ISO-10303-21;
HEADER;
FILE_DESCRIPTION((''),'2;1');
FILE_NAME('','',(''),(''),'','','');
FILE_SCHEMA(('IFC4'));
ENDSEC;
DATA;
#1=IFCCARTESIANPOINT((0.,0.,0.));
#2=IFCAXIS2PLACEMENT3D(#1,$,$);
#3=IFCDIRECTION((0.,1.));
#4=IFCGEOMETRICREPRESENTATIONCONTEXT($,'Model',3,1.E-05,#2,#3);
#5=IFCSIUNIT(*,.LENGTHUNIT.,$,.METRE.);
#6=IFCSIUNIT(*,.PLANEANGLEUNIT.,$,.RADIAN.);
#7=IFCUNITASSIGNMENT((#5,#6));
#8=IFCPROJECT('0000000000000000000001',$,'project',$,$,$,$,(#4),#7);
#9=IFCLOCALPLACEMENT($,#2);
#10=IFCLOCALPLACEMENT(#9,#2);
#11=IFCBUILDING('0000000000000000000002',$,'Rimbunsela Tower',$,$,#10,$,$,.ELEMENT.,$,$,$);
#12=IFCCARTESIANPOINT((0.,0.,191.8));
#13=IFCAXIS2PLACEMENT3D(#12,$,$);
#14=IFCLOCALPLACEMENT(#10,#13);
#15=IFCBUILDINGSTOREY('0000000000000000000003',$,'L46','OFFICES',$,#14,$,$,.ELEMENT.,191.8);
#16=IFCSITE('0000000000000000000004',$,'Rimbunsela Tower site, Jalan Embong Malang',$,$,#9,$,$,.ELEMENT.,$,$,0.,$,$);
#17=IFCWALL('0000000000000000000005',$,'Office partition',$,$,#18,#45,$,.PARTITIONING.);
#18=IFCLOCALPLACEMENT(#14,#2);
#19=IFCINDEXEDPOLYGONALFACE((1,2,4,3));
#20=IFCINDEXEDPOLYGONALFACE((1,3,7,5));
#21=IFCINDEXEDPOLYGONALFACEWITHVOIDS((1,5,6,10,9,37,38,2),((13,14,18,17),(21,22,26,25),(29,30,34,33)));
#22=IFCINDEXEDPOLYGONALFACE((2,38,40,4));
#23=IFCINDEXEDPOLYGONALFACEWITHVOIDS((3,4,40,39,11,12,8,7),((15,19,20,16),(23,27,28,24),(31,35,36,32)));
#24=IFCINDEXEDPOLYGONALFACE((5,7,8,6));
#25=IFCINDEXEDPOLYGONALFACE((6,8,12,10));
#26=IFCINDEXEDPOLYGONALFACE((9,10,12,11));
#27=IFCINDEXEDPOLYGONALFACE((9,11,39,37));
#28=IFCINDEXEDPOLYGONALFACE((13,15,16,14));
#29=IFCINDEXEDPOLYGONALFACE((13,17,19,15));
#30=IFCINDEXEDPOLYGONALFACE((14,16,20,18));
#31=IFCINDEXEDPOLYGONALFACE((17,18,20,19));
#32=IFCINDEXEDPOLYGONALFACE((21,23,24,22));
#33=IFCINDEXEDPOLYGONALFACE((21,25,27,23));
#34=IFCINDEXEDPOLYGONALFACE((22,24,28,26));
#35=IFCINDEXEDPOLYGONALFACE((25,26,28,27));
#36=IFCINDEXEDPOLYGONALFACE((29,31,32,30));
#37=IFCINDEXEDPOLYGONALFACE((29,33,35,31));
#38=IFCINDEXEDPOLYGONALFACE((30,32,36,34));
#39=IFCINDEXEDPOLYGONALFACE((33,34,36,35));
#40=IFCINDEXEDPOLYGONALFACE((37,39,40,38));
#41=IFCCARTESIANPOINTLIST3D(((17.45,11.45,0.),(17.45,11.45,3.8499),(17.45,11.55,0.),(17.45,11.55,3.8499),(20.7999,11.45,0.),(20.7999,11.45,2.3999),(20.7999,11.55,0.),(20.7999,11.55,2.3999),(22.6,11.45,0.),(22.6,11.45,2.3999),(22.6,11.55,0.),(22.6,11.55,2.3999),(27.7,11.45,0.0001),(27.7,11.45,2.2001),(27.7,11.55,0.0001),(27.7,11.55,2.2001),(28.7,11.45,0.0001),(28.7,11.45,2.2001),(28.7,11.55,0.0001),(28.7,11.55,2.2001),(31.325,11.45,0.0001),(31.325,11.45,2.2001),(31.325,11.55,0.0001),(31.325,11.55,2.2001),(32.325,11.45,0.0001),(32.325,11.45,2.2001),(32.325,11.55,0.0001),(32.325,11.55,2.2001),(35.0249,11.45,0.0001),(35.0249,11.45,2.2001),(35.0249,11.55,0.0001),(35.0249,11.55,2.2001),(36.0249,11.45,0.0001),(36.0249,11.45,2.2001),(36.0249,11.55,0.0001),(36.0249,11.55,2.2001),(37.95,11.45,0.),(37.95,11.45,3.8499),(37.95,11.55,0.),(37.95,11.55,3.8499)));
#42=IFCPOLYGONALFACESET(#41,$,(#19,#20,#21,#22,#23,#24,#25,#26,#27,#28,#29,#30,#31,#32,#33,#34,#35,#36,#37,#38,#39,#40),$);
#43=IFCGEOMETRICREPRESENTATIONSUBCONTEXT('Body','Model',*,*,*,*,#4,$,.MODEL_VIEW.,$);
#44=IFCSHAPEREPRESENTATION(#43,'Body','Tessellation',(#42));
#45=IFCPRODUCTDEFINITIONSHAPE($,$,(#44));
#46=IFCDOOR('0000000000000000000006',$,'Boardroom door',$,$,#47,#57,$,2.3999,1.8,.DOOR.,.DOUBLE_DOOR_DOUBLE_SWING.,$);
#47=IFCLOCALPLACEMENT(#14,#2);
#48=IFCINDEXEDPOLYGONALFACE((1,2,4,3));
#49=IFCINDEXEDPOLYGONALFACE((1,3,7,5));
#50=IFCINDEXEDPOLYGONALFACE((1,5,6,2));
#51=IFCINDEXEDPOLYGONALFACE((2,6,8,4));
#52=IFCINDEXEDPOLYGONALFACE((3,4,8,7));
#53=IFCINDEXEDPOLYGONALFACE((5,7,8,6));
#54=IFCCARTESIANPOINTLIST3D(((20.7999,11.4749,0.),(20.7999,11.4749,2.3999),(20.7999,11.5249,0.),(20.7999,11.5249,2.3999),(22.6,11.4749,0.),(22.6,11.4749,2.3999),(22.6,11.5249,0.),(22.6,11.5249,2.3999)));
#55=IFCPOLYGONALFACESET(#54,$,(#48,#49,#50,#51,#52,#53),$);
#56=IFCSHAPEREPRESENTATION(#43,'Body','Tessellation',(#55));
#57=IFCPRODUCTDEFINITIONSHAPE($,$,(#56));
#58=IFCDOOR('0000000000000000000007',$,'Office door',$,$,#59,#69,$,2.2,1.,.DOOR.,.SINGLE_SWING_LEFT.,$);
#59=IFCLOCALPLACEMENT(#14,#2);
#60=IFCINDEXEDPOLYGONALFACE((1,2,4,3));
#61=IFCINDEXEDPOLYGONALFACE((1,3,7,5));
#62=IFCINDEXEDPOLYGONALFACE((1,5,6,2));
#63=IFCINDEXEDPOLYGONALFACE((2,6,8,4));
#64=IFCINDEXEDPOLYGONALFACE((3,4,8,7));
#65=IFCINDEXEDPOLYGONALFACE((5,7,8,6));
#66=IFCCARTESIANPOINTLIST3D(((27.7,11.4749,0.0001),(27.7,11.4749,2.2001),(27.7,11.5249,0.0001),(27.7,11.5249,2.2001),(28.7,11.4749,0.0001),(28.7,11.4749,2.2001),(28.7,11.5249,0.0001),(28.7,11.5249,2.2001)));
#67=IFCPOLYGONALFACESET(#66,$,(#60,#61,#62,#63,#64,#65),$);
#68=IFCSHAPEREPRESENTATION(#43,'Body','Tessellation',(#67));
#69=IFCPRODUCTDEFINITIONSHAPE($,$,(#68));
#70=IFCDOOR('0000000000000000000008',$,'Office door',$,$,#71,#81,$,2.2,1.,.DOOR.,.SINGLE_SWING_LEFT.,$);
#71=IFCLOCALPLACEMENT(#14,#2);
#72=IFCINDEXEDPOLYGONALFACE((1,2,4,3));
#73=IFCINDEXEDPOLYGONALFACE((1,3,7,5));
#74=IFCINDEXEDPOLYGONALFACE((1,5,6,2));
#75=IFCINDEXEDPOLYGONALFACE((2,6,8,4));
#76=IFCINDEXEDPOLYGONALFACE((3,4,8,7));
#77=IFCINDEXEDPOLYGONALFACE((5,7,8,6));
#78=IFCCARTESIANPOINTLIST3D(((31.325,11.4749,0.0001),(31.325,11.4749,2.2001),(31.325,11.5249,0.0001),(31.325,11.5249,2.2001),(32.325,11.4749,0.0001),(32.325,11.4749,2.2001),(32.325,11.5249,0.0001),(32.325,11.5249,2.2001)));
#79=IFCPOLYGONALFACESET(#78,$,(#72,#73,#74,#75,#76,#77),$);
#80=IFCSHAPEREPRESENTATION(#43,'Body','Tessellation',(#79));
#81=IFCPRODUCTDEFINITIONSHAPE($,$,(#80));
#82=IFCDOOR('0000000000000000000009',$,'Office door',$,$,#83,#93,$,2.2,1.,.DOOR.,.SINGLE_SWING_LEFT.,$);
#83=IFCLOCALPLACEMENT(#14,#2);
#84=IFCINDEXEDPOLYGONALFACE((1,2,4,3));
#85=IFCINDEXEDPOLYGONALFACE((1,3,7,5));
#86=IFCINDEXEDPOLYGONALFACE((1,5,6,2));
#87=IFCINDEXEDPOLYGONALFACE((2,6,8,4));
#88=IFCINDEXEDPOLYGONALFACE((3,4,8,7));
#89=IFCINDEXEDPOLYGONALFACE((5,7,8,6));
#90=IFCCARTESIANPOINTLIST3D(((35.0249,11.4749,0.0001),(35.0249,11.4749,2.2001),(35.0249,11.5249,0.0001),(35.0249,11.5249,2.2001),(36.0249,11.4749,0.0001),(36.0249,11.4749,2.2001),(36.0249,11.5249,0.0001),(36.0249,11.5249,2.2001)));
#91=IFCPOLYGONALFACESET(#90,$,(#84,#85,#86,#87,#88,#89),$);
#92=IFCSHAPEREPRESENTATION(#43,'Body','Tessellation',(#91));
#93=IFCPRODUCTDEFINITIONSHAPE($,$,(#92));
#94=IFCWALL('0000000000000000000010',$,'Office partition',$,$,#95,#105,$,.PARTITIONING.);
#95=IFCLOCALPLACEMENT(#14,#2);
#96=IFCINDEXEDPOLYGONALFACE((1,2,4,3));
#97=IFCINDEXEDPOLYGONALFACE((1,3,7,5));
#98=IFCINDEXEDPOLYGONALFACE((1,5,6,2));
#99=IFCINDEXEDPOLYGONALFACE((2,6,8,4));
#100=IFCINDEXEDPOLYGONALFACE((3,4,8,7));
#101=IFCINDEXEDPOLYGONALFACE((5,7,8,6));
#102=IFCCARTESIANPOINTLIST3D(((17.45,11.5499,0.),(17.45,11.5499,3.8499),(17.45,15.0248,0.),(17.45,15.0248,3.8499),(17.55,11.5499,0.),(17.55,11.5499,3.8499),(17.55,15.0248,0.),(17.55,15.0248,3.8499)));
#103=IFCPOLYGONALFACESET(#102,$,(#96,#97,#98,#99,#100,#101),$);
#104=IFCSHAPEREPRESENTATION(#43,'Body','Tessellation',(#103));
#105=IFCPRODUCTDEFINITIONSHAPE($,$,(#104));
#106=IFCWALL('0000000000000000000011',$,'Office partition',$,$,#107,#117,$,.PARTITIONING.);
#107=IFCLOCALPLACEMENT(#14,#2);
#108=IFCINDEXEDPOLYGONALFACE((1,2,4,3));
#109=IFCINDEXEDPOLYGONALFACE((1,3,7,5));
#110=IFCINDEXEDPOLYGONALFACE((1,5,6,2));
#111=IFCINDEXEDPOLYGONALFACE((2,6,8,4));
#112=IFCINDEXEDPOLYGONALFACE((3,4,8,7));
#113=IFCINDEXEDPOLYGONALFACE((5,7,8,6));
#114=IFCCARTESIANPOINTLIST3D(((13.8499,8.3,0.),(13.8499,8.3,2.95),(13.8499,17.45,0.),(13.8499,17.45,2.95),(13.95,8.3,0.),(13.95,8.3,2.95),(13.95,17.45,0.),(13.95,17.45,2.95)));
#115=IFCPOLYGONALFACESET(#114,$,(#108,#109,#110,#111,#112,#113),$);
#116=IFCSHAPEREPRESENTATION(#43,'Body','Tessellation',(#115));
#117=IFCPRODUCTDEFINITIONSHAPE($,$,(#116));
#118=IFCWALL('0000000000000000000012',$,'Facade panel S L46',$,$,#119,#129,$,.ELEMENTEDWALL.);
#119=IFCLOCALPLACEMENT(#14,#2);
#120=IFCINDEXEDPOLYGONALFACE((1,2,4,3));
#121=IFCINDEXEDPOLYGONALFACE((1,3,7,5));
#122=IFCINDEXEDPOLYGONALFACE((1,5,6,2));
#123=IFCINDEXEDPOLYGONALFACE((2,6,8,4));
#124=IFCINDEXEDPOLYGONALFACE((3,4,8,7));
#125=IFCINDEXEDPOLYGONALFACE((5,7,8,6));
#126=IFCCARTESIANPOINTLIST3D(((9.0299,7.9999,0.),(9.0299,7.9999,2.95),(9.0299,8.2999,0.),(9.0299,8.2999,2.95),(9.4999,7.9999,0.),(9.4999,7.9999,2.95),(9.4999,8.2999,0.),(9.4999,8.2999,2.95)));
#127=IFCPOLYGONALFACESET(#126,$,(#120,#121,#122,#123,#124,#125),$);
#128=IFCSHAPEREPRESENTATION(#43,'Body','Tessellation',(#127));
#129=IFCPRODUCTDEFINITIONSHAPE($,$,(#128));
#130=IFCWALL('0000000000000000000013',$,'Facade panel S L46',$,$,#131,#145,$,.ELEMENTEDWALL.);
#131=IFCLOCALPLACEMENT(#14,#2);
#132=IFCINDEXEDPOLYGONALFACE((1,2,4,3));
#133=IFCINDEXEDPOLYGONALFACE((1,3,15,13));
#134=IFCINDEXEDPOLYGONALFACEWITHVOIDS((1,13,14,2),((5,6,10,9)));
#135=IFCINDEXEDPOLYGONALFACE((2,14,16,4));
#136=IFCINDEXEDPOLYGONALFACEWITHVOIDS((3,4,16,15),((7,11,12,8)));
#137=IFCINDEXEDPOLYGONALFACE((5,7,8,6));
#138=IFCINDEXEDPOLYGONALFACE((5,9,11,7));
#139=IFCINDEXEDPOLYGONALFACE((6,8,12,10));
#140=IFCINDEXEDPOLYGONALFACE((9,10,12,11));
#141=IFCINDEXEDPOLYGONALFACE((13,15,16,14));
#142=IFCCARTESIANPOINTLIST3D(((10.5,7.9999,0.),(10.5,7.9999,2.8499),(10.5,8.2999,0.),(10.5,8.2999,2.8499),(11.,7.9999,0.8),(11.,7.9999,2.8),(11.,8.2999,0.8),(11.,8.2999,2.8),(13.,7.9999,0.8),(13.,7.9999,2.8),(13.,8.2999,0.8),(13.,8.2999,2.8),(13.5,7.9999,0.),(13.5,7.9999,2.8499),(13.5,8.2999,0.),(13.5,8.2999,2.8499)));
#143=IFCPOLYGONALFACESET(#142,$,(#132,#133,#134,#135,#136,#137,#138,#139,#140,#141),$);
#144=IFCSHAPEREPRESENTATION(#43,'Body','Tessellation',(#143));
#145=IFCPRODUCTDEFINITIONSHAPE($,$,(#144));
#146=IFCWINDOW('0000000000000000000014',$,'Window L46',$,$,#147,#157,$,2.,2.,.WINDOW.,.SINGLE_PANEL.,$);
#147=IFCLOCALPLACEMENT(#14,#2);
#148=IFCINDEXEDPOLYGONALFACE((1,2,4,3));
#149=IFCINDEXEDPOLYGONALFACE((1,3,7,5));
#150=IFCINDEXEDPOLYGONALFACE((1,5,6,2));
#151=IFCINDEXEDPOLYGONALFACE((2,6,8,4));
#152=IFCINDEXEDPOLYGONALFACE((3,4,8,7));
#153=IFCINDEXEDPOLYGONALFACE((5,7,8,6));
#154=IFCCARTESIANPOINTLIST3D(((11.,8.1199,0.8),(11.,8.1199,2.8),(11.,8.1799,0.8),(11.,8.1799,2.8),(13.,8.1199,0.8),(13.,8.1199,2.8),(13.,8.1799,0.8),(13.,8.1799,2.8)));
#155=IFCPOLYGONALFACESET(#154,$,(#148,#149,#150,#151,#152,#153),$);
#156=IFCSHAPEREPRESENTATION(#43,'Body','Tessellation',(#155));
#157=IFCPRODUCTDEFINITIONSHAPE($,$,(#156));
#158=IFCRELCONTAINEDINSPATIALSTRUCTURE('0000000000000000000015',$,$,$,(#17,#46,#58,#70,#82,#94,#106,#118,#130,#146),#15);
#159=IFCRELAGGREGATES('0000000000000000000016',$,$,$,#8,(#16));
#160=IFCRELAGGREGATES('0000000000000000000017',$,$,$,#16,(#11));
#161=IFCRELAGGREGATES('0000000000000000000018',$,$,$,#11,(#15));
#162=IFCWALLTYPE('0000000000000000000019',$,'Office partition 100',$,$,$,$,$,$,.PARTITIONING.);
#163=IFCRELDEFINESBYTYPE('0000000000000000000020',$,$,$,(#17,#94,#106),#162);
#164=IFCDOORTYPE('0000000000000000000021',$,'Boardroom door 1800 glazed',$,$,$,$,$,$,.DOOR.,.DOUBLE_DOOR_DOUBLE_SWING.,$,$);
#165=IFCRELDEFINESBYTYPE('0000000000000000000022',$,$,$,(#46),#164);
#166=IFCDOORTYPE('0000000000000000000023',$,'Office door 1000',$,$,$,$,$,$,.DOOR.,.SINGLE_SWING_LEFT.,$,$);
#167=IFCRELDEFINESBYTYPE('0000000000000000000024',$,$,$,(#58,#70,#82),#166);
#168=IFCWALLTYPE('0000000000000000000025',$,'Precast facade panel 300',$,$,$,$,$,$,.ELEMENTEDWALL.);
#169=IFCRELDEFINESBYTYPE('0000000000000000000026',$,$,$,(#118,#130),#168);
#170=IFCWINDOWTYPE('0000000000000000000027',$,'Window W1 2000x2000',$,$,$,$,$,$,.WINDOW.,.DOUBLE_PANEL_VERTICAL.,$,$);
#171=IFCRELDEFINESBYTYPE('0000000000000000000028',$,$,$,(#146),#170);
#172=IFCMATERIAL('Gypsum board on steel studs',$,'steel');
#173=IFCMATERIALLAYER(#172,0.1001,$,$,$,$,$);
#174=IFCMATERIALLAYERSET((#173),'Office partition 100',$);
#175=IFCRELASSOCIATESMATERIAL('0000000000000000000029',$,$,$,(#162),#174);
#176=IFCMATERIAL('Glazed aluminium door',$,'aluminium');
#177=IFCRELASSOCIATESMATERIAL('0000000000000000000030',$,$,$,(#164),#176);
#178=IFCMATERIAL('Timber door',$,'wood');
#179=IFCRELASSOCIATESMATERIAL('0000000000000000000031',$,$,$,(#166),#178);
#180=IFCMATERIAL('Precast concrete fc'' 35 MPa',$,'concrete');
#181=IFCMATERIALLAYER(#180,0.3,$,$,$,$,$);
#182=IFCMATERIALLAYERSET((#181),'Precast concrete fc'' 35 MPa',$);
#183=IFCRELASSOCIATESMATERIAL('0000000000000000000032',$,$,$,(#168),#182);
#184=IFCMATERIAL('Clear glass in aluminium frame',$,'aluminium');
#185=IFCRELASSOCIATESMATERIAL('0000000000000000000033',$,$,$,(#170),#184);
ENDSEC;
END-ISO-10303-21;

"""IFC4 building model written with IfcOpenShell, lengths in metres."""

from ifc_helpers import new_model, si_unit, direction, frame, frame_2d, origin, place, context, subcontext, project, spatial, rectangle, extrude, material, layer, layer_set, type_object, element, fill, save


model = new_model("IFC4")

# Units and contexts
model_context = context("Model", 3, precision=1e-05, world=origin(), true_north=direction((0.0, 1.0)))
body_context = subcontext(model_context, "Body", "Model", "MODEL_VIEW")
ifc_project = project(units=[si_unit("LENGTHUNIT", "METRE"), si_unit("PLANEANGLEUNIT", "RADIAN")], contexts=[model_context])

# Site, building, storey
site_placement = place(None, origin())
site = spatial("IfcSite", under=ifc_project, at=site_placement, Name="Rimbunsela Tower site, Jalan Embong Malang", CompositionType="ELEMENT", RefElevation=0.0)
building_placement = place(site_placement, origin())
building = spatial("IfcBuilding", under=site, at=building_placement, Name="Rimbunsela Tower", CompositionType="ELEMENT")
storey_placement = place(building_placement, frame((0.0, 0.0, 191.8)))
storey = spatial("IfcBuildingStorey", under=building, at=storey_placement, Name="L46", Description="OFFICES", CompositionType="ELEMENT", Elevation=191.8)

# Wall, openings, doors
ifc_material_1 = material(Name="Gypsum board on steel studs", Category="steel")
ifc_layer_1 = layer(ifc_material_1, 0.1001)
ifc_layer_set_1 = layer_set([ifc_layer_1], Name="Office partition 100")
wall_type_1 = type_object("IfcWallType", Name="Office partition 100", PredefinedType="PARTITIONING", material=ifc_layer_set_1)
wall_1_placement = place(storey_placement, frame((17.45, 11.5, 0.0), z_axis=(0.0, 0.0, 1.0), x_axis=(1.0, 0.0, 0.0)))
wall_1 = element("IfcWall", 1, at=wall_1_placement, inside=storey, type_object=wall_type_1, Name="Office partition", PredefinedType="PARTITIONING", context=body_context, shape_type="SweptSolid", body=[
    extrude(rectangle(XDim=20.5, YDim=0.1001, at=frame_2d((10.25, 0.0))), origin(), (0.0, 0.0, 1.0), 3.8499),
])
opening_1_placement = place(wall_1_placement, frame((3.3501, 0.0, 0.0)))
opening_1 = element("IfcOpeningElement", 2, at=opening_1_placement, cuts=wall_1, PredefinedType="OPENING", context=body_context, shape_type="SweptSolid", body=[
    extrude(rectangle(XDim=1.8, YDim=2.3999, at=frame_2d((0.8999, 1.2))), frame((0.0, 0.0601, 0.0), z_axis=(0.0, -1.0, 0.0), x_axis=(1.0, 0.0, 0.0)), (0.0, 0.0, 1.0), 0.1201),
])
opening_2_placement = place(wall_1_placement, frame((10.25, 0.0, 0.0)))
opening_2 = element("IfcOpeningElement", 3, at=opening_2_placement, cuts=wall_1, PredefinedType="OPENING", context=body_context, shape_type="SweptSolid", body=[
    extrude(rectangle(XDim=1.0, YDim=2.2, at=frame_2d((0.5, 1.1001))), frame((0.0, 0.0601, 0.0), z_axis=(0.0, -1.0, 0.0), x_axis=(1.0, 0.0, 0.0)), (0.0, 0.0, 1.0), 0.1201),
])
opening_3_placement = place(wall_1_placement, frame((13.875, 0.0, 0.0)))
opening_3 = element("IfcOpeningElement", 4, at=opening_3_placement, cuts=wall_1, PredefinedType="OPENING", context=body_context, shape_type="SweptSolid", body=[
    extrude(rectangle(XDim=1.0, YDim=2.2, at=frame_2d((0.5, 1.1001))), frame((0.0, 0.0601, 0.0), z_axis=(0.0, -1.0, 0.0), x_axis=(1.0, 0.0, 0.0)), (0.0, 0.0, 1.0), 0.1201),
])
opening_4_placement = place(wall_1_placement, frame((17.575, 0.0, 0.0)))
opening_4 = element("IfcOpeningElement", 5, at=opening_4_placement, cuts=wall_1, PredefinedType="OPENING", context=body_context, shape_type="SweptSolid", body=[
    extrude(rectangle(XDim=1.0, YDim=2.2, at=frame_2d((0.5, 1.1001))), frame((0.0, 0.0601, 0.0), z_axis=(0.0, -1.0, 0.0), x_axis=(1.0, 0.0, 0.0)), (0.0, 0.0, 1.0), 0.1201),
])
ifc_material_2 = material(Name="Glazed aluminium door", Category="aluminium")
door_type_1 = type_object("IfcDoorType", Name="Boardroom door 1800 glazed", OperationType="DOUBLE_DOOR_DOUBLE_SWING", PredefinedType="DOOR", material=ifc_material_2)
door_1_placement = place(opening_1_placement, origin())
door_1 = element("IfcDoor", 6, at=door_1_placement, inside=storey, type_object=door_type_1, Name="Boardroom door", OperationType="DOUBLE_DOOR_DOUBLE_SWING", OverallHeight=2.3999, OverallWidth=1.8, PredefinedType="DOOR", context=body_context, shape_type="SweptSolid", body=[
    extrude(rectangle(XDim=1.8, YDim=2.3999, at=frame_2d((0.8999, 1.2))), frame((0.0, 0.0249, 0.0), z_axis=(0.0, -1.0, 0.0), x_axis=(1.0, 0.0, 0.0)), (0.0, 0.0, 1.0), 0.05),
])
fill(opening_1, door_1)
ifc_material_3 = material(Name="Timber door", Category="wood")
door_type_2 = type_object("IfcDoorType", Name="Office door 1000", OperationType="SINGLE_SWING_LEFT", PredefinedType="DOOR", material=ifc_material_3)
door_2_placement = place(opening_2_placement, origin())
door_2 = element("IfcDoor", 7, at=door_2_placement, inside=storey, type_object=door_type_2, Name="Office door", OperationType="SINGLE_SWING_LEFT", OverallHeight=2.2, OverallWidth=1.0, PredefinedType="DOOR", context=body_context, shape_type="SweptSolid", body=[
    extrude(rectangle(XDim=1.0, YDim=2.2, at=frame_2d((0.5, 1.1001))), frame((0.0, 0.0249, 0.0), z_axis=(0.0, -1.0, 0.0), x_axis=(1.0, 0.0, 0.0)), (0.0, 0.0, 1.0), 0.05),
])
fill(opening_2, door_2)
door_3_placement = place(opening_3_placement, origin())
door_3 = element("IfcDoor", 8, at=door_3_placement, inside=storey, type_object=door_type_2, Name="Office door", OperationType="SINGLE_SWING_LEFT", OverallHeight=2.2, OverallWidth=1.0, PredefinedType="DOOR", context=body_context, shape_type="SweptSolid", body=[
    extrude(rectangle(XDim=1.0, YDim=2.2, at=frame_2d((0.5, 1.1001))), frame((0.0, 0.0249, 0.0), z_axis=(0.0, -1.0, 0.0), x_axis=(1.0, 0.0, 0.0)), (0.0, 0.0, 1.0), 0.05),
])
fill(opening_3, door_3)
door_4_placement = place(opening_4_placement, origin())
door_4 = element("IfcDoor", 9, at=door_4_placement, inside=storey, type_object=door_type_2, Name="Office door", OperationType="SINGLE_SWING_LEFT", OverallHeight=2.2, OverallWidth=1.0, PredefinedType="DOOR", context=body_context, shape_type="SweptSolid", body=[
    extrude(rectangle(XDim=1.0, YDim=2.2, at=frame_2d((0.5, 1.1001))), frame((0.0, 0.0249, 0.0), z_axis=(0.0, -1.0, 0.0), x_axis=(1.0, 0.0, 0.0)), (0.0, 0.0, 1.0), 0.05),
])
fill(opening_4, door_4)

# Walls
wall_2_placement = place(storey_placement, frame((17.5, 11.55, 0.0), z_axis=(0.0, 0.0, 1.0), x_axis=(0.0, 1.0, 0.0)))
element("IfcWall", 10, at=wall_2_placement, inside=storey, type_object=wall_type_1, Name="Office partition", PredefinedType="PARTITIONING", context=body_context, shape_type="SweptSolid", body=[
    extrude(rectangle(XDim=3.4749, YDim=0.1001, at=frame_2d((1.7373, 0.0))), origin(), (0.0, 0.0, 1.0), 3.8499),
])
wall_3_placement = place(storey_placement, frame((13.8999, 8.3, 0.0), z_axis=(0.0, 0.0, 1.0), x_axis=(0.0, 1.0, 0.0)))
element("IfcWall", 11, at=wall_3_placement, inside=storey, type_object=wall_type_1, Name="Office partition", PredefinedType="PARTITIONING", context=body_context, shape_type="SweptSolid", body=[
    extrude(rectangle(XDim=9.1499, YDim=0.1001, at=frame_2d((4.575, 0.0))), origin(), (0.0, 0.0, 1.0), 2.95),
])
ifc_material_4 = material(Name="Precast concrete fc' 35 MPa", Category="concrete")
ifc_layer_2 = layer(ifc_material_4, 0.3)
ifc_layer_set_2 = layer_set([ifc_layer_2], Name="Precast concrete fc' 35 MPa")
wall_type_2 = type_object("IfcWallType", Name="Precast facade panel 300", PredefinedType="ELEMENTEDWALL", material=ifc_layer_set_2)
wall_4_placement = place(storey_placement, frame((9.03, 8.1499, 0.0), z_axis=(0.0, 0.0, 1.0), x_axis=(1.0, 0.0, 0.0)))
element("IfcWall", 12, at=wall_4_placement, inside=storey, type_object=wall_type_2, Name="Facade panel S L46", PredefinedType="ELEMENTEDWALL", context=body_context, shape_type="SweptSolid", body=[
    extrude(rectangle(XDim=0.47, YDim=0.3, at=frame_2d((0.2349, 0.0))), origin(), (0.0, 0.0, 1.0), 2.95),
])

# Wall, opening, window
wall_5_placement = place(storey_placement, frame((10.5, 8.1499, 0.0), z_axis=(0.0, 0.0, 1.0), x_axis=(1.0, 0.0, 0.0)))
wall_5 = element("IfcWall", 13, at=wall_5_placement, inside=storey, type_object=wall_type_2, Name="Facade panel S L46", PredefinedType="ELEMENTEDWALL", context=body_context, shape_type="SweptSolid", body=[
    extrude(rectangle(XDim=3.0, YDim=0.3, at=frame_2d((1.5, 0.0))), origin(), (0.0, 0.0, 1.0), 2.8499),
])
opening_5_placement = place(wall_5_placement, frame((0.5, 0.0, 0.8)))
opening_5 = element("IfcOpeningElement", 14, at=opening_5_placement, cuts=wall_5, PredefinedType="OPENING", context=body_context, shape_type="SweptSolid", body=[
    extrude(rectangle(XDim=2.0, YDim=2.0, at=frame_2d((1.0, 1.0))), frame((0.0, 0.1599, 0.0), z_axis=(0.0, -1.0, 0.0), x_axis=(1.0, 0.0, 0.0)), (0.0, 0.0, 1.0), 0.3201),
])
ifc_material_5 = material(Name="Clear glass in aluminium frame", Category="aluminium")
window_type = type_object("IfcWindowType", Name="Window W1 2000x2000", PartitioningType="DOUBLE_PANEL_VERTICAL", PredefinedType="WINDOW", material=ifc_material_5)
window_1_placement = place(opening_5_placement, origin())
window_1 = element("IfcWindow", 15, at=window_1_placement, inside=storey, type_object=window_type, Name="Window L46", OverallHeight=2.0, OverallWidth=2.0, PartitioningType="SINGLE_PANEL", PredefinedType="WINDOW", context=body_context, shape_type="SweptSolid", body=[
    extrude(rectangle(XDim=2.0, YDim=2.0, at=frame_2d((1.0, 1.0))), frame((0.0, 0.03, 0.0), z_axis=(0.0, -1.0, 0.0), x_axis=(1.0, 0.0, 0.0)), (0.0, 0.0, 1.0), 0.0601),
])
fill(opening_5, window_1)

save(model, "model.ifc")
